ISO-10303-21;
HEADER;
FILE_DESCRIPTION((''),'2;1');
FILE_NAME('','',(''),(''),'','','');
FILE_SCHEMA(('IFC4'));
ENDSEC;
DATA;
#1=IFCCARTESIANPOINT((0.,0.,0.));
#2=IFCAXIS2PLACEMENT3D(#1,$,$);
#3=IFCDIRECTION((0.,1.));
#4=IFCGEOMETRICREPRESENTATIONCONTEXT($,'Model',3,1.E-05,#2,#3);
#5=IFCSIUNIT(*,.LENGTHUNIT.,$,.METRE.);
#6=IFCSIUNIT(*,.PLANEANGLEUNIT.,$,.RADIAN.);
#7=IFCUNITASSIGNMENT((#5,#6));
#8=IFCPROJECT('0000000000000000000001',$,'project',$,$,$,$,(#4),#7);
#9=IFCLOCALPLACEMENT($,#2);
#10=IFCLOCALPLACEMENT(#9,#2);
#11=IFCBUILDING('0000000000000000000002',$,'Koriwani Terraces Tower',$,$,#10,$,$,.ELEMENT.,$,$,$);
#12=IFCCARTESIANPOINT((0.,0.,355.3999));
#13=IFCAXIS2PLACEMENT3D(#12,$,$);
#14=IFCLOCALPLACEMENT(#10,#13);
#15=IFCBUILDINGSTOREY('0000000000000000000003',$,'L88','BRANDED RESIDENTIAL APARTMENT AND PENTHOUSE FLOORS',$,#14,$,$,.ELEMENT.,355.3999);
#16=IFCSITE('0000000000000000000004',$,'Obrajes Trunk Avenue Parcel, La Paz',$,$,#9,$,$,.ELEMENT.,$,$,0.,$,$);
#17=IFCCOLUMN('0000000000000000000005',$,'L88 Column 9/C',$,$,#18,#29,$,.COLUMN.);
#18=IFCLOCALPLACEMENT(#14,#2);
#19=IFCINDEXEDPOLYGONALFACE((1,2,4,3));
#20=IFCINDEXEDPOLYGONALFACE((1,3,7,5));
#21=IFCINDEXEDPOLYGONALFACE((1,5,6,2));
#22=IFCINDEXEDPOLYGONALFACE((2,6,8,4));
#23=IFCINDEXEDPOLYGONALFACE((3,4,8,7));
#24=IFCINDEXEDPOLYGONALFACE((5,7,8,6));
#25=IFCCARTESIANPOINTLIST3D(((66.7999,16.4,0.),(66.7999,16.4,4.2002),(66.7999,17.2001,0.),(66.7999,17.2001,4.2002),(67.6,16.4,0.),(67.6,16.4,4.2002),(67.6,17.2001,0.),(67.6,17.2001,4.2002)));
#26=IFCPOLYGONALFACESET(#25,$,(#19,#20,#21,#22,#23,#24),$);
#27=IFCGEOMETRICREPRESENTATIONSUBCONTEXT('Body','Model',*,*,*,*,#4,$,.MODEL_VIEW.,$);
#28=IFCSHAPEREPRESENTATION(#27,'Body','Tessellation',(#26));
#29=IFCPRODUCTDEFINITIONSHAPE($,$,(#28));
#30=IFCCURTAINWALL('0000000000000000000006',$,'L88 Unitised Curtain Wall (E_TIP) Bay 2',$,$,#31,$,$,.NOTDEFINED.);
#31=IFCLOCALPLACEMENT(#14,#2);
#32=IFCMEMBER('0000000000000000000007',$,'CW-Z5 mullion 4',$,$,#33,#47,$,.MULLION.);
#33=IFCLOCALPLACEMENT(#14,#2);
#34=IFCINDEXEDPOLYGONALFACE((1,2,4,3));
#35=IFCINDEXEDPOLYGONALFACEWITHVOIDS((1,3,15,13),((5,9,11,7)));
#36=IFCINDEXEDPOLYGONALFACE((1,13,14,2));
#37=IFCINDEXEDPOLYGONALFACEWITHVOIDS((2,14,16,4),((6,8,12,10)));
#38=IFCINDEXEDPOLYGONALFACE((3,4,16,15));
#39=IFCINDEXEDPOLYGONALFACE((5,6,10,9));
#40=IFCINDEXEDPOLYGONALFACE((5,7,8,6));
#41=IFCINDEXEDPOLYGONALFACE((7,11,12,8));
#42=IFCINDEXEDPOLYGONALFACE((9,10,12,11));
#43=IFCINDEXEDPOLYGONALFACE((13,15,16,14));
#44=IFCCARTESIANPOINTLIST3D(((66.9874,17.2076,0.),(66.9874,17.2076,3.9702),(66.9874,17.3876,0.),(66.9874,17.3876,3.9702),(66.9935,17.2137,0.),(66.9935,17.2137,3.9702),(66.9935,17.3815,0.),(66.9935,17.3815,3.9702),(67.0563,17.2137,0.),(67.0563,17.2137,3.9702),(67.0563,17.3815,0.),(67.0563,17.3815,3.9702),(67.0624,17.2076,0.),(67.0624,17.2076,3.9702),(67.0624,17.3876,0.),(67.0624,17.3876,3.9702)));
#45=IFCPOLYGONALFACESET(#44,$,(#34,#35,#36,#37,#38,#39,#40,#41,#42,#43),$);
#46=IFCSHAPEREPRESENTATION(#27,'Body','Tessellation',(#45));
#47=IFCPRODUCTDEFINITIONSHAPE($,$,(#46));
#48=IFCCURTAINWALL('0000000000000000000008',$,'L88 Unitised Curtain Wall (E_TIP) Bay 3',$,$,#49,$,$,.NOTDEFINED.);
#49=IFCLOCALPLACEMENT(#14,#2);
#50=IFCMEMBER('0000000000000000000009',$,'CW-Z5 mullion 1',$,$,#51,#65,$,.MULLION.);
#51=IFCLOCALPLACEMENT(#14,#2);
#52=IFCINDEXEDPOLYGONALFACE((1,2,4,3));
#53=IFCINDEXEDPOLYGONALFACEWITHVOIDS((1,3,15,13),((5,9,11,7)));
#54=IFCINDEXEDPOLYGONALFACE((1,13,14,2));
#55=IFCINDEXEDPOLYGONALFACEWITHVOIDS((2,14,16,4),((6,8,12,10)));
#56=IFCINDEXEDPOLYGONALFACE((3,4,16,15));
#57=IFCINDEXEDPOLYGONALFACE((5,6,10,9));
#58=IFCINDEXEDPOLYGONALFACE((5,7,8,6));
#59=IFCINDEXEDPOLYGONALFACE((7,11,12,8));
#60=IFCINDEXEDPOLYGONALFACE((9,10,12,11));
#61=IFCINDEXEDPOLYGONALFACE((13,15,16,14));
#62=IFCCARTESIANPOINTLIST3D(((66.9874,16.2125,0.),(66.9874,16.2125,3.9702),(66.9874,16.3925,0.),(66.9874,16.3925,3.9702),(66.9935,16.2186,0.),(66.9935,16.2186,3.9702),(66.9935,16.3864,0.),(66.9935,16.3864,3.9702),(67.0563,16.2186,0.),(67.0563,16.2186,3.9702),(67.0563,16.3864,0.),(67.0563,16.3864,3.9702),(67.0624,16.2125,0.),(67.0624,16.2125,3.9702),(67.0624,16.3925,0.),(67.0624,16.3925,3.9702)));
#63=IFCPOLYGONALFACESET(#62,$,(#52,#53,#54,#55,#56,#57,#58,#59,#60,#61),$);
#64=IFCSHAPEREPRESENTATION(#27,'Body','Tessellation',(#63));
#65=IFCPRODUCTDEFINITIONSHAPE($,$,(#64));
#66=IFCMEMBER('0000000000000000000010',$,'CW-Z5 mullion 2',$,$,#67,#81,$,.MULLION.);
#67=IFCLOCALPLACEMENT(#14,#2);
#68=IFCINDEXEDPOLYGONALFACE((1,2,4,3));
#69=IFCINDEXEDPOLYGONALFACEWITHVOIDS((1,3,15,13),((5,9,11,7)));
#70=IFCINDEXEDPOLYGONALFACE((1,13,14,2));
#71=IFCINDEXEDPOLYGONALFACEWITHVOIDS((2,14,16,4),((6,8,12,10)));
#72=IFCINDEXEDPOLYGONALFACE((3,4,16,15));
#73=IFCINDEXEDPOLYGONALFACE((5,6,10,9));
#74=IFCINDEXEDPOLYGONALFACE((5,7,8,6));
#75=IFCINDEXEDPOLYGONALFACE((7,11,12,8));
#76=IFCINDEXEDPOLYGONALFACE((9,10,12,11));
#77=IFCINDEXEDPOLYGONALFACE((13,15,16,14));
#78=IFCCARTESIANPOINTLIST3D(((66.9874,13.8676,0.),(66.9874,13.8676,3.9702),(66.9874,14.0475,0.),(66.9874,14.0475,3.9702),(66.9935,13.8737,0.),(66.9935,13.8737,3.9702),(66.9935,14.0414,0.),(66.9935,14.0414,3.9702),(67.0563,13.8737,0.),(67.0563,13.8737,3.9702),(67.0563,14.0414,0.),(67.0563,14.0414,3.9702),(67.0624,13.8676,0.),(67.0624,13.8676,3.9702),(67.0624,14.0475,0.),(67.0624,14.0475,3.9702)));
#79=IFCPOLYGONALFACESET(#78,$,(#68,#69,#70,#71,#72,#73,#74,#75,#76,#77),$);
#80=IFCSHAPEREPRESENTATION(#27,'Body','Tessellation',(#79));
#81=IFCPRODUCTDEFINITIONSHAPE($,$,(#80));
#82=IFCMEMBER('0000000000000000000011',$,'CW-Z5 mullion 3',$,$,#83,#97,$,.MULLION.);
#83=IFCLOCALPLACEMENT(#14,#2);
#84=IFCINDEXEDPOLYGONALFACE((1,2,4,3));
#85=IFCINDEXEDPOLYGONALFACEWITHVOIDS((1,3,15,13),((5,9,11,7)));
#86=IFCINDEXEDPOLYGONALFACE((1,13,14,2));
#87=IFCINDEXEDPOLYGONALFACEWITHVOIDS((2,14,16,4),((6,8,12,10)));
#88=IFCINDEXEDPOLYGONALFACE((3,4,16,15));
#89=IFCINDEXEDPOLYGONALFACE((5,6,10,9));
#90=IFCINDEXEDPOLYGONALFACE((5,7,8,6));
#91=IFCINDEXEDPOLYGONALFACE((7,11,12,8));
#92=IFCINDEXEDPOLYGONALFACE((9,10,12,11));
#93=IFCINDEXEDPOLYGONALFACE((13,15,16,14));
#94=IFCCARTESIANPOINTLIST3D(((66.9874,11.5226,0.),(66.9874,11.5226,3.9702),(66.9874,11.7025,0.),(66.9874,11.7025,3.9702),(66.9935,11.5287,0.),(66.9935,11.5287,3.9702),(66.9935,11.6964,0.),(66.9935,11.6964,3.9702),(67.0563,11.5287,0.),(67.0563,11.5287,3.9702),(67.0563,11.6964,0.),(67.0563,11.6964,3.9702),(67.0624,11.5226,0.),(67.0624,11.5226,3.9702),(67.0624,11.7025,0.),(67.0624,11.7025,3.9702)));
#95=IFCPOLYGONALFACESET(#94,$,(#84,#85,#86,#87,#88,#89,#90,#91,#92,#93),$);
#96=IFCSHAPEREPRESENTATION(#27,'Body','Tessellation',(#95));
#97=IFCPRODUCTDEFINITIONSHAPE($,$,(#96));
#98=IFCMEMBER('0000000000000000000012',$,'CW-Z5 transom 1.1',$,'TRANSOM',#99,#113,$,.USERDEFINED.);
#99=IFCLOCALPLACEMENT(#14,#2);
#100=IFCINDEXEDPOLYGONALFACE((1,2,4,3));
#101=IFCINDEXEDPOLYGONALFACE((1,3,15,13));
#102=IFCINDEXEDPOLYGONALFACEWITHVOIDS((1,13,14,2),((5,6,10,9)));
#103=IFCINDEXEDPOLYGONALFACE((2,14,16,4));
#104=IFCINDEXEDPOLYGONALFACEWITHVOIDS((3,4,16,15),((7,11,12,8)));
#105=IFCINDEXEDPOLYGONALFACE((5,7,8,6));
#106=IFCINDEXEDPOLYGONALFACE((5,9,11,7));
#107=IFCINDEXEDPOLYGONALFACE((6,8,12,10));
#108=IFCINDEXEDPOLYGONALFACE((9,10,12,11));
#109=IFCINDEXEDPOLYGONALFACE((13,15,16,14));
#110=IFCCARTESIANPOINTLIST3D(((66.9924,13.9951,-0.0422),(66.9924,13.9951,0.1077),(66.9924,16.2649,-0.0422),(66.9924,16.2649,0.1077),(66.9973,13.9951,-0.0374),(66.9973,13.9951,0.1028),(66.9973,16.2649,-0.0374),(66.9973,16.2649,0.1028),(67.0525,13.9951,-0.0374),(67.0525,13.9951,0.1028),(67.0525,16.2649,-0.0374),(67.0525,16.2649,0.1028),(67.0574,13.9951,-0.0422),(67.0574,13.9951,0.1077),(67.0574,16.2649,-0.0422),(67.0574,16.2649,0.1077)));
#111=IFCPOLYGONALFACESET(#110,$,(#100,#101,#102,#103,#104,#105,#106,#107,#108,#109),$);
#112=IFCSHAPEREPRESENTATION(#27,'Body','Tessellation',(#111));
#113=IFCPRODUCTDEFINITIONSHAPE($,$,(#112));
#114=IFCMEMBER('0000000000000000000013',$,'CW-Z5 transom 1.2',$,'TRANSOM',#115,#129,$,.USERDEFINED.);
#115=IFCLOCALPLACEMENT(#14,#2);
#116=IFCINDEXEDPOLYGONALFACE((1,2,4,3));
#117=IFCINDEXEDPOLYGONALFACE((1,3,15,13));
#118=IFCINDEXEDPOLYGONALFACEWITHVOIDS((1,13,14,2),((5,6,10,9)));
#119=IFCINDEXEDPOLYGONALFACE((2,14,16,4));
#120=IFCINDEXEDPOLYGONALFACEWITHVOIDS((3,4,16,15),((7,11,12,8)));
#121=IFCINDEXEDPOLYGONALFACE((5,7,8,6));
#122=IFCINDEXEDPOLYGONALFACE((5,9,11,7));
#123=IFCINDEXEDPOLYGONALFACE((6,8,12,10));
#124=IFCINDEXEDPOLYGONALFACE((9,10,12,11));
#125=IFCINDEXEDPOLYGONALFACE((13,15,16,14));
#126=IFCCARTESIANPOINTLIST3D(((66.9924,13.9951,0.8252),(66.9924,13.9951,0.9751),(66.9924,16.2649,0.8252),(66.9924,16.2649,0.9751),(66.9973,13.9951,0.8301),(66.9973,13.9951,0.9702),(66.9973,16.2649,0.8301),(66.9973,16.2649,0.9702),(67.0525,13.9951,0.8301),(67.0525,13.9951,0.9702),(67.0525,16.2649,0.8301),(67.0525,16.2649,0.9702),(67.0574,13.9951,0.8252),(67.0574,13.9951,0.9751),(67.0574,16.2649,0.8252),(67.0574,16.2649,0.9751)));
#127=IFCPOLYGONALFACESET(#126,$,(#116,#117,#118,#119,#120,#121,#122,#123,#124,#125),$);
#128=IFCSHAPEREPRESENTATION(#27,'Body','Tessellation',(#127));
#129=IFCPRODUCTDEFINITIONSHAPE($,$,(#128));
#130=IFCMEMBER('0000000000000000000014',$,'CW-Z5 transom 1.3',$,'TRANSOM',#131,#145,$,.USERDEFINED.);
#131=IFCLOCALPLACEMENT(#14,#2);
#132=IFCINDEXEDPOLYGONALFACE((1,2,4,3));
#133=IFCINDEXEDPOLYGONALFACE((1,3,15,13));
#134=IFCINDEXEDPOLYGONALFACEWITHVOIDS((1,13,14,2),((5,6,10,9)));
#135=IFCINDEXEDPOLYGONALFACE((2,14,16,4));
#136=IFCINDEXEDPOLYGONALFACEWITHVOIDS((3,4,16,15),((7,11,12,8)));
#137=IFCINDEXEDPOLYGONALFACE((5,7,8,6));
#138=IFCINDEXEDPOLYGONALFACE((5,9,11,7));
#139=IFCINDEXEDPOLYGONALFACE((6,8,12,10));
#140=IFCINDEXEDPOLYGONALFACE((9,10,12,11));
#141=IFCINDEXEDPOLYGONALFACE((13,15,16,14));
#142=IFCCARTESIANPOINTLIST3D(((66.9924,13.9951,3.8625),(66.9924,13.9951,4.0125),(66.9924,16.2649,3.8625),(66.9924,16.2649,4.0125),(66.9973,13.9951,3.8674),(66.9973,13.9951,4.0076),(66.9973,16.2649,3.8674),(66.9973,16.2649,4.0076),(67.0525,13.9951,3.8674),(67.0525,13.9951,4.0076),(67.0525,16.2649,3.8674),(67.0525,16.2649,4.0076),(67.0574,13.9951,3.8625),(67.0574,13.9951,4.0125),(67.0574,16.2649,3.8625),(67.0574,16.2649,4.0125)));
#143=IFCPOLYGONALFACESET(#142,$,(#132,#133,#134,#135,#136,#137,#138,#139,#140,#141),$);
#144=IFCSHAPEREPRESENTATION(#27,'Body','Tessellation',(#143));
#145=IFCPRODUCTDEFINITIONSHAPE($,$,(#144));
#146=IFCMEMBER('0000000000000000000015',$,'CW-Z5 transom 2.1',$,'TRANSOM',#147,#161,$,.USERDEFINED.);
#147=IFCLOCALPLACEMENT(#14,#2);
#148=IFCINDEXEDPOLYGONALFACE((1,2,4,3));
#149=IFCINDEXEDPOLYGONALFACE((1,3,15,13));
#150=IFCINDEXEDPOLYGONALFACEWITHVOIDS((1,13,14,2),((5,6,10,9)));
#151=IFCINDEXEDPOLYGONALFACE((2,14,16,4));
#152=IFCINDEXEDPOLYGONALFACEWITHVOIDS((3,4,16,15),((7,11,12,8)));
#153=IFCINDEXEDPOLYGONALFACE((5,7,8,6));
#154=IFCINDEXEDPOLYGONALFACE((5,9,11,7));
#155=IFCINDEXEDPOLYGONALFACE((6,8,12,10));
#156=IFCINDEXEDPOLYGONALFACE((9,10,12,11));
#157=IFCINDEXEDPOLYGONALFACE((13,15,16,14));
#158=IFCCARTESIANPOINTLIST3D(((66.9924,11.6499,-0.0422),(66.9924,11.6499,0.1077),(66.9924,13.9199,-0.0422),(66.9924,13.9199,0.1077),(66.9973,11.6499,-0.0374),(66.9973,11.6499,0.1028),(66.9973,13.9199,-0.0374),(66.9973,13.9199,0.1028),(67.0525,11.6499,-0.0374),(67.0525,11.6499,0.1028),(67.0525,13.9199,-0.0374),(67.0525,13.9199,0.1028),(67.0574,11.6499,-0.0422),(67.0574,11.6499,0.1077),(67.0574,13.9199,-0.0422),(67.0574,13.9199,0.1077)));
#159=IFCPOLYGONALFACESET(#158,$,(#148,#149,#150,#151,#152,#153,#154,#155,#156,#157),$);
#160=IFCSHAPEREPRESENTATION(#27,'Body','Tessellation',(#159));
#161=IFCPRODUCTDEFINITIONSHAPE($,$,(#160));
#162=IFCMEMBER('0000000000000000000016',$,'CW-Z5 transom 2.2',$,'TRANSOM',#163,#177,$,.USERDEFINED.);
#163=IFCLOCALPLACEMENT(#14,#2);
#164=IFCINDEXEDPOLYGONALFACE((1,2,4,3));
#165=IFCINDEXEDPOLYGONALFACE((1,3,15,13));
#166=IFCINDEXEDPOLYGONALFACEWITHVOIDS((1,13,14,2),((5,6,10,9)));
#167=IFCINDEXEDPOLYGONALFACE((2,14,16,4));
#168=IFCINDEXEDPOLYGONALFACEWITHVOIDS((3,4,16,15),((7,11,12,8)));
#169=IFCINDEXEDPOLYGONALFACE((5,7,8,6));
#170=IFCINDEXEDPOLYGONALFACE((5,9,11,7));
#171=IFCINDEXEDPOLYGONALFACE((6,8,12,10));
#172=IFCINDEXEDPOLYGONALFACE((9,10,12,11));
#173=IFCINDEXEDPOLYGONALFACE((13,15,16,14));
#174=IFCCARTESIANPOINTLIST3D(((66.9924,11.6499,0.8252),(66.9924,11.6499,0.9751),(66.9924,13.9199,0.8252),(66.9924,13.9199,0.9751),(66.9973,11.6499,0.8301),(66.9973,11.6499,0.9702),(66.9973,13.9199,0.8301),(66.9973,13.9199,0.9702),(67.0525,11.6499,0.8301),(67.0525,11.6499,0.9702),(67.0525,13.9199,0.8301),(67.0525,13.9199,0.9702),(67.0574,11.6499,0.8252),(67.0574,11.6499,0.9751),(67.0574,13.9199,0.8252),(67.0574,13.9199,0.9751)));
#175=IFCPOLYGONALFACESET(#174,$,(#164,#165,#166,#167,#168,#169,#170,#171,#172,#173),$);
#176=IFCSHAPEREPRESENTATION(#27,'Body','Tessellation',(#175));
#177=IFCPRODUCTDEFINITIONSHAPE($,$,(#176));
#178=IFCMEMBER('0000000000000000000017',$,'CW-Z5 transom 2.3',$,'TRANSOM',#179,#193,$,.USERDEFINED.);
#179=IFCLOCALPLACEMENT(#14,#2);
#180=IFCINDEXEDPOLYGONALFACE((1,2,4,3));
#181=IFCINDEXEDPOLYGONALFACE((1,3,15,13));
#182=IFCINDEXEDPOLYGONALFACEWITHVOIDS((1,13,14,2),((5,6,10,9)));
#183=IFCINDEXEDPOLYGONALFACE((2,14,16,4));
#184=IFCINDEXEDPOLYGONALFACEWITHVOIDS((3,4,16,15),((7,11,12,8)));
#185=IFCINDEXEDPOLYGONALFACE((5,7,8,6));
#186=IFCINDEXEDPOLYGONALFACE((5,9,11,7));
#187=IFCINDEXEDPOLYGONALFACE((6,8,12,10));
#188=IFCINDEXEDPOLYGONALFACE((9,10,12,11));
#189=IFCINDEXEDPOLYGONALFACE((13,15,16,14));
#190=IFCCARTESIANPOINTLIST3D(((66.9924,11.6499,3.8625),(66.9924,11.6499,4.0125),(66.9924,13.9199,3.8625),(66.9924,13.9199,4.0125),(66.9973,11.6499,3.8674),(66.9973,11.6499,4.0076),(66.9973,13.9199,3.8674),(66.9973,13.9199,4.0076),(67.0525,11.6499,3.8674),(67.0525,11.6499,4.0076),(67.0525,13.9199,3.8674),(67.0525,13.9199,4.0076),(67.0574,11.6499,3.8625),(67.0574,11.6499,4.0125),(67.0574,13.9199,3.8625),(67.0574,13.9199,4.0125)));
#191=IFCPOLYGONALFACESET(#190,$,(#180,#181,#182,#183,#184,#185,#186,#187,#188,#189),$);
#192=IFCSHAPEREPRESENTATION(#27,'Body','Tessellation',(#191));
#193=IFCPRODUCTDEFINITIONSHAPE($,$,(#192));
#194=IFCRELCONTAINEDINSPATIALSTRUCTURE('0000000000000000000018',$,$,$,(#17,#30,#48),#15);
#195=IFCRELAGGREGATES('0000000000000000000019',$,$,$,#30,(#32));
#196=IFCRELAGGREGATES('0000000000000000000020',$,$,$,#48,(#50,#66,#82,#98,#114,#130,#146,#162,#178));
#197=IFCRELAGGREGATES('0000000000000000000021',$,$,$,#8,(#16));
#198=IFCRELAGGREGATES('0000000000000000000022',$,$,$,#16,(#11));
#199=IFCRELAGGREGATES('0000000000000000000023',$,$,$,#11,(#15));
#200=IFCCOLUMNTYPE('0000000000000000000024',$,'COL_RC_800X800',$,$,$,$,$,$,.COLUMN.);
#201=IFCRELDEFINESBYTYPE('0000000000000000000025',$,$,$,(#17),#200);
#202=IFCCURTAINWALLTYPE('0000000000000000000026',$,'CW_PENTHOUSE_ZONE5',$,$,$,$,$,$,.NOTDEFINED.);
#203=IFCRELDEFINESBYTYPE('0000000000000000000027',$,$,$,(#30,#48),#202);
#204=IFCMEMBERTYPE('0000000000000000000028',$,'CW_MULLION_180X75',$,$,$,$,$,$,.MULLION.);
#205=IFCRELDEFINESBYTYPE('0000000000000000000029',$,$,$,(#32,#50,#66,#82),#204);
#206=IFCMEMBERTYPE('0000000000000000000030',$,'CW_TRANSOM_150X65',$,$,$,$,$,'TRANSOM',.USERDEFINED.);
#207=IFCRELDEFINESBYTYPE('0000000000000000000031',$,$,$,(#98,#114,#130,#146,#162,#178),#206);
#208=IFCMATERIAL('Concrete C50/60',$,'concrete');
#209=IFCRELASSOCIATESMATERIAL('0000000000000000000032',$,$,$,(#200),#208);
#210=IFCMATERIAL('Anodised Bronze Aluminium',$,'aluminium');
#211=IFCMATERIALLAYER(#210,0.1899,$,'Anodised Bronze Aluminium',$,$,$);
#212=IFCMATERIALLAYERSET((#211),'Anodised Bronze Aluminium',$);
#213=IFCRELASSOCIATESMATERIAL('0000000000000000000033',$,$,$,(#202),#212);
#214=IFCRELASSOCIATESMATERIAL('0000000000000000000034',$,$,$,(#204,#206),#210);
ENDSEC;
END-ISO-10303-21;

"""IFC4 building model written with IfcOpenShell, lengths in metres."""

from ifc_helpers import new_model, si_unit, direction, frame, origin, origin_2d, place, context, subcontext, project, spatial, rectangle, hollow_rectangle, extrude, material, layer, layer_set, material_profile, profile_set, type_object, element, aggregate, save


model = new_model("IFC4")

# Units and contexts
model_context = context("Model", 3, precision=1e-05, world=origin(), true_north=direction((0.0, 1.0)))
body_context = subcontext(model_context, "Body", "Model", "MODEL_VIEW")
ifc_project = project(units=[si_unit("LENGTHUNIT", "METRE"), si_unit("PLANEANGLEUNIT", "RADIAN")], contexts=[model_context])

# Site, building, storey
site_placement = place(None, origin())
site = spatial("IfcSite", under=ifc_project, at=site_placement, Name="Obrajes Trunk Avenue Parcel, La Paz", CompositionType="ELEMENT", RefElevation=0.0)
building_placement = place(site_placement, origin())
building = spatial("IfcBuilding", under=site, at=building_placement, Name="Koriwani Terraces Tower", CompositionType="ELEMENT")
storey_placement = place(building_placement, frame((0.0, 0.0, 355.3999)))
storey = spatial("IfcBuildingStorey", under=building, at=storey_placement, Name="L88", Description="BRANDED RESIDENTIAL APARTMENT AND PENTHOUSE FLOORS", CompositionType="ELEMENT", Elevation=355.3999)

# Column
ifc_material_1 = material(Name="Concrete C50/60", Category="concrete")
ifc_material_profile_1 = material_profile(ifc_material_1, rectangle(XDim=0.8, YDim=0.8, at=origin_2d()), Name="Concrete C50/60", Category="LoadBearing")
ifc_profile_set_1 = profile_set([ifc_material_profile_1], Name="Concrete C50/60")
column_type = type_object("IfcColumnType", Name="COL_RC_800X800", PredefinedType="COLUMN", material=ifc_profile_set_1)
column_placement = place(storey_placement, frame((67.2, 16.8, 0.0), z_axis=(0.0, 0.0, 1.0), x_axis=(1.0, 0.0, 0.0)))
element("IfcColumn", 1, at=column_placement, inside=storey, type_object=column_type, Name="L88 Column 9/C", PredefinedType="COLUMN", context=body_context, shape_type="SweptSolid", body=[
    extrude(rectangle(XDim=0.8, YDim=0.8, at=origin_2d()), origin(), (0.0, 0.0, 1.0), 4.2002),
])

# Curtain wall, member
ifc_material_2 = material(Name="Anodised Bronze Aluminium", Category="aluminium")
ifc_layer_1 = layer(ifc_material_2, 0.1899, Name="Anodised Bronze Aluminium")
ifc_layer_set_1 = layer_set([ifc_layer_1], Name="Anodised Bronze Aluminium")
curtain_wall_type = type_object("IfcCurtainWallType", Name="CW_PENTHOUSE_ZONE5", PredefinedType="NOTDEFINED", material=ifc_layer_set_1)
curtain_wall_1_placement = place(storey_placement, origin())
curtain_wall_1 = element("IfcCurtainWall", 2, at=curtain_wall_1_placement, inside=storey, type_object=curtain_wall_type, Name="L88 Unitised Curtain Wall (E_TIP) Bay 2", PredefinedType="NOTDEFINED")
ifc_material_profile_2 = material_profile(ifc_material_2, hollow_rectangle(XDim=0.075, YDim=0.1799, WallThickness=0.0061, at=origin_2d()), Name="Anodised Bronze Aluminium", Category="LoadBearing")
ifc_profile_set_2 = profile_set([ifc_material_profile_2], Name="Anodised Bronze Aluminium")
member_type_1 = type_object("IfcMemberType", Name="CW_MULLION_180X75", PredefinedType="MULLION", material=ifc_profile_set_2)
member_1_placement = place(storey_placement, frame((67.0249, 17.2976, 0.0), z_axis=(0.0, 0.0, 1.0), x_axis=(1.0, 0.0, 0.0)))
member_1 = element("IfcMember", 3, at=member_1_placement, type_object=member_type_1, Name="CW-Z5 mullion 4", PredefinedType="MULLION", context=body_context, shape_type="SweptSolid", body=[
    extrude(hollow_rectangle(XDim=0.075, YDim=0.1799, WallThickness=0.0061, at=origin_2d()), origin(), (0.0, 0.0, 1.0), 3.9702),
])

# Curtain wall, members
curtain_wall_2_placement = place(storey_placement, origin())
curtain_wall_2 = element("IfcCurtainWall", 4, at=curtain_wall_2_placement, inside=storey, type_object=curtain_wall_type, Name="L88 Unitised Curtain Wall (E_TIP) Bay 3", PredefinedType="NOTDEFINED")
member_2_placement = place(storey_placement, frame((67.0249, 16.3025, 0.0), z_axis=(0.0, 0.0, 1.0), x_axis=(1.0, 0.0, 0.0)))
member_2 = element("IfcMember", 5, at=member_2_placement, type_object=member_type_1, Name="CW-Z5 mullion 1", PredefinedType="MULLION", context=body_context, shape_type="SweptSolid", body=[
    extrude(hollow_rectangle(XDim=0.075, YDim=0.1799, WallThickness=0.0061, at=origin_2d()), origin(), (0.0, 0.0, 1.0), 3.9702),
])
member_3_placement = place(storey_placement, frame((67.0249, 13.9575, 0.0), z_axis=(0.0, 0.0, 1.0), x_axis=(1.0, 0.0, 0.0)))
member_3 = element("IfcMember", 6, at=member_3_placement, type_object=member_type_1, Name="CW-Z5 mullion 2", PredefinedType="MULLION", context=body_context, shape_type="SweptSolid", body=[
    extrude(hollow_rectangle(XDim=0.075, YDim=0.1799, WallThickness=0.0061, at=origin_2d()), origin(), (0.0, 0.0, 1.0), 3.9702),
])
member_4_placement = place(storey_placement, frame((67.0249, 11.6125, 0.0), z_axis=(0.0, 0.0, 1.0), x_axis=(1.0, 0.0, 0.0)))
member_4 = element("IfcMember", 7, at=member_4_placement, type_object=member_type_1, Name="CW-Z5 mullion 3", PredefinedType="MULLION", context=body_context, shape_type="SweptSolid", body=[
    extrude(hollow_rectangle(XDim=0.075, YDim=0.1799, WallThickness=0.0061, at=origin_2d()), origin(), (0.0, 0.0, 1.0), 3.9702),
])
ifc_material_profile_3 = material_profile(ifc_material_2, hollow_rectangle(XDim=0.0649, YDim=0.1499, WallThickness=0.0049, at=origin_2d()), Name="Anodised Bronze Aluminium", Category="LoadBearing")
ifc_profile_set_3 = profile_set([ifc_material_profile_3], Name="Anodised Bronze Aluminium")
member_type_2 = type_object("IfcMemberType", Name="CW_TRANSOM_150X65", ElementType="TRANSOM", PredefinedType="USERDEFINED", material=ifc_profile_set_3)
member_5_placement = place(storey_placement, frame((67.0249, 16.2649, 0.0327), z_axis=(0.0, -1.0, 0.0), x_axis=(1.0, 0.0, 0.0)))
member_5 = element("IfcMember", 8, at=member_5_placement, type_object=member_type_2, Name="CW-Z5 transom 1.1", ObjectType="TRANSOM", PredefinedType="USERDEFINED", context=body_context, shape_type="SweptSolid", body=[
    extrude(hollow_rectangle(XDim=0.0649, YDim=0.1499, WallThickness=0.0049, at=origin_2d()), origin(), (0.0, 0.0, 1.0), 2.2698),
])
member_6_placement = place(storey_placement, frame((67.0249, 16.2649, 0.9001), z_axis=(0.0, -1.0, 0.0), x_axis=(1.0, 0.0, 0.0)))
member_6 = element("IfcMember", 9, at=member_6_placement, type_object=member_type_2, Name="CW-Z5 transom 1.2", ObjectType="TRANSOM", PredefinedType="USERDEFINED", context=body_context, shape_type="SweptSolid", body=[
    extrude(hollow_rectangle(XDim=0.0649, YDim=0.1499, WallThickness=0.0049, at=origin_2d()), origin(), (0.0, 0.0, 1.0), 2.2698),
])
member_7_placement = place(storey_placement, frame((67.0249, 16.2649, 3.9375), z_axis=(0.0, -1.0, 0.0), x_axis=(1.0, 0.0, 0.0)))
member_7 = element("IfcMember", 10, at=member_7_placement, type_object=member_type_2, Name="CW-Z5 transom 1.3", ObjectType="TRANSOM", PredefinedType="USERDEFINED", context=body_context, shape_type="SweptSolid", body=[
    extrude(hollow_rectangle(XDim=0.0649, YDim=0.1499, WallThickness=0.0049, at=origin_2d()), origin(), (0.0, 0.0, 1.0), 2.2698),
])
member_8_placement = place(storey_placement, frame((67.0249, 13.9199, 0.0327), z_axis=(0.0, -1.0, 0.0), x_axis=(1.0, 0.0, 0.0)))
member_8 = element("IfcMember", 11, at=member_8_placement, type_object=member_type_2, Name="CW-Z5 transom 2.1", ObjectType="TRANSOM", PredefinedType="USERDEFINED", context=body_context, shape_type="SweptSolid", body=[
    extrude(hollow_rectangle(XDim=0.0649, YDim=0.1499, WallThickness=0.0049, at=origin_2d()), origin(), (0.0, 0.0, 1.0), 2.27),
])
member_9_placement = place(storey_placement, frame((67.0249, 13.9199, 0.9001), z_axis=(0.0, -1.0, 0.0), x_axis=(1.0, 0.0, 0.0)))
member_9 = element("IfcMember", 12, at=member_9_placement, type_object=member_type_2, Name="CW-Z5 transom 2.2", ObjectType="TRANSOM", PredefinedType="USERDEFINED", context=body_context, shape_type="SweptSolid", body=[
    extrude(hollow_rectangle(XDim=0.0649, YDim=0.1499, WallThickness=0.0049, at=origin_2d()), origin(), (0.0, 0.0, 1.0), 2.27),
])
member_10_placement = place(storey_placement, frame((67.0249, 13.9199, 3.9375), z_axis=(0.0, -1.0, 0.0), x_axis=(1.0, 0.0, 0.0)))
member_10 = element("IfcMember", 13, at=member_10_placement, type_object=member_type_2, Name="CW-Z5 transom 2.3", ObjectType="TRANSOM", PredefinedType="USERDEFINED", context=body_context, shape_type="SweptSolid", body=[
    extrude(hollow_rectangle(XDim=0.0649, YDim=0.1499, WallThickness=0.0049, at=origin_2d()), origin(), (0.0, 0.0, 1.0), 2.27),
])

aggregate(curtain_wall_1, [member_1])
aggregate(curtain_wall_2, [member_2, member_3, member_4, member_5, member_6, member_7, member_8, member_9, member_10])

save(model, "model.ifc")
